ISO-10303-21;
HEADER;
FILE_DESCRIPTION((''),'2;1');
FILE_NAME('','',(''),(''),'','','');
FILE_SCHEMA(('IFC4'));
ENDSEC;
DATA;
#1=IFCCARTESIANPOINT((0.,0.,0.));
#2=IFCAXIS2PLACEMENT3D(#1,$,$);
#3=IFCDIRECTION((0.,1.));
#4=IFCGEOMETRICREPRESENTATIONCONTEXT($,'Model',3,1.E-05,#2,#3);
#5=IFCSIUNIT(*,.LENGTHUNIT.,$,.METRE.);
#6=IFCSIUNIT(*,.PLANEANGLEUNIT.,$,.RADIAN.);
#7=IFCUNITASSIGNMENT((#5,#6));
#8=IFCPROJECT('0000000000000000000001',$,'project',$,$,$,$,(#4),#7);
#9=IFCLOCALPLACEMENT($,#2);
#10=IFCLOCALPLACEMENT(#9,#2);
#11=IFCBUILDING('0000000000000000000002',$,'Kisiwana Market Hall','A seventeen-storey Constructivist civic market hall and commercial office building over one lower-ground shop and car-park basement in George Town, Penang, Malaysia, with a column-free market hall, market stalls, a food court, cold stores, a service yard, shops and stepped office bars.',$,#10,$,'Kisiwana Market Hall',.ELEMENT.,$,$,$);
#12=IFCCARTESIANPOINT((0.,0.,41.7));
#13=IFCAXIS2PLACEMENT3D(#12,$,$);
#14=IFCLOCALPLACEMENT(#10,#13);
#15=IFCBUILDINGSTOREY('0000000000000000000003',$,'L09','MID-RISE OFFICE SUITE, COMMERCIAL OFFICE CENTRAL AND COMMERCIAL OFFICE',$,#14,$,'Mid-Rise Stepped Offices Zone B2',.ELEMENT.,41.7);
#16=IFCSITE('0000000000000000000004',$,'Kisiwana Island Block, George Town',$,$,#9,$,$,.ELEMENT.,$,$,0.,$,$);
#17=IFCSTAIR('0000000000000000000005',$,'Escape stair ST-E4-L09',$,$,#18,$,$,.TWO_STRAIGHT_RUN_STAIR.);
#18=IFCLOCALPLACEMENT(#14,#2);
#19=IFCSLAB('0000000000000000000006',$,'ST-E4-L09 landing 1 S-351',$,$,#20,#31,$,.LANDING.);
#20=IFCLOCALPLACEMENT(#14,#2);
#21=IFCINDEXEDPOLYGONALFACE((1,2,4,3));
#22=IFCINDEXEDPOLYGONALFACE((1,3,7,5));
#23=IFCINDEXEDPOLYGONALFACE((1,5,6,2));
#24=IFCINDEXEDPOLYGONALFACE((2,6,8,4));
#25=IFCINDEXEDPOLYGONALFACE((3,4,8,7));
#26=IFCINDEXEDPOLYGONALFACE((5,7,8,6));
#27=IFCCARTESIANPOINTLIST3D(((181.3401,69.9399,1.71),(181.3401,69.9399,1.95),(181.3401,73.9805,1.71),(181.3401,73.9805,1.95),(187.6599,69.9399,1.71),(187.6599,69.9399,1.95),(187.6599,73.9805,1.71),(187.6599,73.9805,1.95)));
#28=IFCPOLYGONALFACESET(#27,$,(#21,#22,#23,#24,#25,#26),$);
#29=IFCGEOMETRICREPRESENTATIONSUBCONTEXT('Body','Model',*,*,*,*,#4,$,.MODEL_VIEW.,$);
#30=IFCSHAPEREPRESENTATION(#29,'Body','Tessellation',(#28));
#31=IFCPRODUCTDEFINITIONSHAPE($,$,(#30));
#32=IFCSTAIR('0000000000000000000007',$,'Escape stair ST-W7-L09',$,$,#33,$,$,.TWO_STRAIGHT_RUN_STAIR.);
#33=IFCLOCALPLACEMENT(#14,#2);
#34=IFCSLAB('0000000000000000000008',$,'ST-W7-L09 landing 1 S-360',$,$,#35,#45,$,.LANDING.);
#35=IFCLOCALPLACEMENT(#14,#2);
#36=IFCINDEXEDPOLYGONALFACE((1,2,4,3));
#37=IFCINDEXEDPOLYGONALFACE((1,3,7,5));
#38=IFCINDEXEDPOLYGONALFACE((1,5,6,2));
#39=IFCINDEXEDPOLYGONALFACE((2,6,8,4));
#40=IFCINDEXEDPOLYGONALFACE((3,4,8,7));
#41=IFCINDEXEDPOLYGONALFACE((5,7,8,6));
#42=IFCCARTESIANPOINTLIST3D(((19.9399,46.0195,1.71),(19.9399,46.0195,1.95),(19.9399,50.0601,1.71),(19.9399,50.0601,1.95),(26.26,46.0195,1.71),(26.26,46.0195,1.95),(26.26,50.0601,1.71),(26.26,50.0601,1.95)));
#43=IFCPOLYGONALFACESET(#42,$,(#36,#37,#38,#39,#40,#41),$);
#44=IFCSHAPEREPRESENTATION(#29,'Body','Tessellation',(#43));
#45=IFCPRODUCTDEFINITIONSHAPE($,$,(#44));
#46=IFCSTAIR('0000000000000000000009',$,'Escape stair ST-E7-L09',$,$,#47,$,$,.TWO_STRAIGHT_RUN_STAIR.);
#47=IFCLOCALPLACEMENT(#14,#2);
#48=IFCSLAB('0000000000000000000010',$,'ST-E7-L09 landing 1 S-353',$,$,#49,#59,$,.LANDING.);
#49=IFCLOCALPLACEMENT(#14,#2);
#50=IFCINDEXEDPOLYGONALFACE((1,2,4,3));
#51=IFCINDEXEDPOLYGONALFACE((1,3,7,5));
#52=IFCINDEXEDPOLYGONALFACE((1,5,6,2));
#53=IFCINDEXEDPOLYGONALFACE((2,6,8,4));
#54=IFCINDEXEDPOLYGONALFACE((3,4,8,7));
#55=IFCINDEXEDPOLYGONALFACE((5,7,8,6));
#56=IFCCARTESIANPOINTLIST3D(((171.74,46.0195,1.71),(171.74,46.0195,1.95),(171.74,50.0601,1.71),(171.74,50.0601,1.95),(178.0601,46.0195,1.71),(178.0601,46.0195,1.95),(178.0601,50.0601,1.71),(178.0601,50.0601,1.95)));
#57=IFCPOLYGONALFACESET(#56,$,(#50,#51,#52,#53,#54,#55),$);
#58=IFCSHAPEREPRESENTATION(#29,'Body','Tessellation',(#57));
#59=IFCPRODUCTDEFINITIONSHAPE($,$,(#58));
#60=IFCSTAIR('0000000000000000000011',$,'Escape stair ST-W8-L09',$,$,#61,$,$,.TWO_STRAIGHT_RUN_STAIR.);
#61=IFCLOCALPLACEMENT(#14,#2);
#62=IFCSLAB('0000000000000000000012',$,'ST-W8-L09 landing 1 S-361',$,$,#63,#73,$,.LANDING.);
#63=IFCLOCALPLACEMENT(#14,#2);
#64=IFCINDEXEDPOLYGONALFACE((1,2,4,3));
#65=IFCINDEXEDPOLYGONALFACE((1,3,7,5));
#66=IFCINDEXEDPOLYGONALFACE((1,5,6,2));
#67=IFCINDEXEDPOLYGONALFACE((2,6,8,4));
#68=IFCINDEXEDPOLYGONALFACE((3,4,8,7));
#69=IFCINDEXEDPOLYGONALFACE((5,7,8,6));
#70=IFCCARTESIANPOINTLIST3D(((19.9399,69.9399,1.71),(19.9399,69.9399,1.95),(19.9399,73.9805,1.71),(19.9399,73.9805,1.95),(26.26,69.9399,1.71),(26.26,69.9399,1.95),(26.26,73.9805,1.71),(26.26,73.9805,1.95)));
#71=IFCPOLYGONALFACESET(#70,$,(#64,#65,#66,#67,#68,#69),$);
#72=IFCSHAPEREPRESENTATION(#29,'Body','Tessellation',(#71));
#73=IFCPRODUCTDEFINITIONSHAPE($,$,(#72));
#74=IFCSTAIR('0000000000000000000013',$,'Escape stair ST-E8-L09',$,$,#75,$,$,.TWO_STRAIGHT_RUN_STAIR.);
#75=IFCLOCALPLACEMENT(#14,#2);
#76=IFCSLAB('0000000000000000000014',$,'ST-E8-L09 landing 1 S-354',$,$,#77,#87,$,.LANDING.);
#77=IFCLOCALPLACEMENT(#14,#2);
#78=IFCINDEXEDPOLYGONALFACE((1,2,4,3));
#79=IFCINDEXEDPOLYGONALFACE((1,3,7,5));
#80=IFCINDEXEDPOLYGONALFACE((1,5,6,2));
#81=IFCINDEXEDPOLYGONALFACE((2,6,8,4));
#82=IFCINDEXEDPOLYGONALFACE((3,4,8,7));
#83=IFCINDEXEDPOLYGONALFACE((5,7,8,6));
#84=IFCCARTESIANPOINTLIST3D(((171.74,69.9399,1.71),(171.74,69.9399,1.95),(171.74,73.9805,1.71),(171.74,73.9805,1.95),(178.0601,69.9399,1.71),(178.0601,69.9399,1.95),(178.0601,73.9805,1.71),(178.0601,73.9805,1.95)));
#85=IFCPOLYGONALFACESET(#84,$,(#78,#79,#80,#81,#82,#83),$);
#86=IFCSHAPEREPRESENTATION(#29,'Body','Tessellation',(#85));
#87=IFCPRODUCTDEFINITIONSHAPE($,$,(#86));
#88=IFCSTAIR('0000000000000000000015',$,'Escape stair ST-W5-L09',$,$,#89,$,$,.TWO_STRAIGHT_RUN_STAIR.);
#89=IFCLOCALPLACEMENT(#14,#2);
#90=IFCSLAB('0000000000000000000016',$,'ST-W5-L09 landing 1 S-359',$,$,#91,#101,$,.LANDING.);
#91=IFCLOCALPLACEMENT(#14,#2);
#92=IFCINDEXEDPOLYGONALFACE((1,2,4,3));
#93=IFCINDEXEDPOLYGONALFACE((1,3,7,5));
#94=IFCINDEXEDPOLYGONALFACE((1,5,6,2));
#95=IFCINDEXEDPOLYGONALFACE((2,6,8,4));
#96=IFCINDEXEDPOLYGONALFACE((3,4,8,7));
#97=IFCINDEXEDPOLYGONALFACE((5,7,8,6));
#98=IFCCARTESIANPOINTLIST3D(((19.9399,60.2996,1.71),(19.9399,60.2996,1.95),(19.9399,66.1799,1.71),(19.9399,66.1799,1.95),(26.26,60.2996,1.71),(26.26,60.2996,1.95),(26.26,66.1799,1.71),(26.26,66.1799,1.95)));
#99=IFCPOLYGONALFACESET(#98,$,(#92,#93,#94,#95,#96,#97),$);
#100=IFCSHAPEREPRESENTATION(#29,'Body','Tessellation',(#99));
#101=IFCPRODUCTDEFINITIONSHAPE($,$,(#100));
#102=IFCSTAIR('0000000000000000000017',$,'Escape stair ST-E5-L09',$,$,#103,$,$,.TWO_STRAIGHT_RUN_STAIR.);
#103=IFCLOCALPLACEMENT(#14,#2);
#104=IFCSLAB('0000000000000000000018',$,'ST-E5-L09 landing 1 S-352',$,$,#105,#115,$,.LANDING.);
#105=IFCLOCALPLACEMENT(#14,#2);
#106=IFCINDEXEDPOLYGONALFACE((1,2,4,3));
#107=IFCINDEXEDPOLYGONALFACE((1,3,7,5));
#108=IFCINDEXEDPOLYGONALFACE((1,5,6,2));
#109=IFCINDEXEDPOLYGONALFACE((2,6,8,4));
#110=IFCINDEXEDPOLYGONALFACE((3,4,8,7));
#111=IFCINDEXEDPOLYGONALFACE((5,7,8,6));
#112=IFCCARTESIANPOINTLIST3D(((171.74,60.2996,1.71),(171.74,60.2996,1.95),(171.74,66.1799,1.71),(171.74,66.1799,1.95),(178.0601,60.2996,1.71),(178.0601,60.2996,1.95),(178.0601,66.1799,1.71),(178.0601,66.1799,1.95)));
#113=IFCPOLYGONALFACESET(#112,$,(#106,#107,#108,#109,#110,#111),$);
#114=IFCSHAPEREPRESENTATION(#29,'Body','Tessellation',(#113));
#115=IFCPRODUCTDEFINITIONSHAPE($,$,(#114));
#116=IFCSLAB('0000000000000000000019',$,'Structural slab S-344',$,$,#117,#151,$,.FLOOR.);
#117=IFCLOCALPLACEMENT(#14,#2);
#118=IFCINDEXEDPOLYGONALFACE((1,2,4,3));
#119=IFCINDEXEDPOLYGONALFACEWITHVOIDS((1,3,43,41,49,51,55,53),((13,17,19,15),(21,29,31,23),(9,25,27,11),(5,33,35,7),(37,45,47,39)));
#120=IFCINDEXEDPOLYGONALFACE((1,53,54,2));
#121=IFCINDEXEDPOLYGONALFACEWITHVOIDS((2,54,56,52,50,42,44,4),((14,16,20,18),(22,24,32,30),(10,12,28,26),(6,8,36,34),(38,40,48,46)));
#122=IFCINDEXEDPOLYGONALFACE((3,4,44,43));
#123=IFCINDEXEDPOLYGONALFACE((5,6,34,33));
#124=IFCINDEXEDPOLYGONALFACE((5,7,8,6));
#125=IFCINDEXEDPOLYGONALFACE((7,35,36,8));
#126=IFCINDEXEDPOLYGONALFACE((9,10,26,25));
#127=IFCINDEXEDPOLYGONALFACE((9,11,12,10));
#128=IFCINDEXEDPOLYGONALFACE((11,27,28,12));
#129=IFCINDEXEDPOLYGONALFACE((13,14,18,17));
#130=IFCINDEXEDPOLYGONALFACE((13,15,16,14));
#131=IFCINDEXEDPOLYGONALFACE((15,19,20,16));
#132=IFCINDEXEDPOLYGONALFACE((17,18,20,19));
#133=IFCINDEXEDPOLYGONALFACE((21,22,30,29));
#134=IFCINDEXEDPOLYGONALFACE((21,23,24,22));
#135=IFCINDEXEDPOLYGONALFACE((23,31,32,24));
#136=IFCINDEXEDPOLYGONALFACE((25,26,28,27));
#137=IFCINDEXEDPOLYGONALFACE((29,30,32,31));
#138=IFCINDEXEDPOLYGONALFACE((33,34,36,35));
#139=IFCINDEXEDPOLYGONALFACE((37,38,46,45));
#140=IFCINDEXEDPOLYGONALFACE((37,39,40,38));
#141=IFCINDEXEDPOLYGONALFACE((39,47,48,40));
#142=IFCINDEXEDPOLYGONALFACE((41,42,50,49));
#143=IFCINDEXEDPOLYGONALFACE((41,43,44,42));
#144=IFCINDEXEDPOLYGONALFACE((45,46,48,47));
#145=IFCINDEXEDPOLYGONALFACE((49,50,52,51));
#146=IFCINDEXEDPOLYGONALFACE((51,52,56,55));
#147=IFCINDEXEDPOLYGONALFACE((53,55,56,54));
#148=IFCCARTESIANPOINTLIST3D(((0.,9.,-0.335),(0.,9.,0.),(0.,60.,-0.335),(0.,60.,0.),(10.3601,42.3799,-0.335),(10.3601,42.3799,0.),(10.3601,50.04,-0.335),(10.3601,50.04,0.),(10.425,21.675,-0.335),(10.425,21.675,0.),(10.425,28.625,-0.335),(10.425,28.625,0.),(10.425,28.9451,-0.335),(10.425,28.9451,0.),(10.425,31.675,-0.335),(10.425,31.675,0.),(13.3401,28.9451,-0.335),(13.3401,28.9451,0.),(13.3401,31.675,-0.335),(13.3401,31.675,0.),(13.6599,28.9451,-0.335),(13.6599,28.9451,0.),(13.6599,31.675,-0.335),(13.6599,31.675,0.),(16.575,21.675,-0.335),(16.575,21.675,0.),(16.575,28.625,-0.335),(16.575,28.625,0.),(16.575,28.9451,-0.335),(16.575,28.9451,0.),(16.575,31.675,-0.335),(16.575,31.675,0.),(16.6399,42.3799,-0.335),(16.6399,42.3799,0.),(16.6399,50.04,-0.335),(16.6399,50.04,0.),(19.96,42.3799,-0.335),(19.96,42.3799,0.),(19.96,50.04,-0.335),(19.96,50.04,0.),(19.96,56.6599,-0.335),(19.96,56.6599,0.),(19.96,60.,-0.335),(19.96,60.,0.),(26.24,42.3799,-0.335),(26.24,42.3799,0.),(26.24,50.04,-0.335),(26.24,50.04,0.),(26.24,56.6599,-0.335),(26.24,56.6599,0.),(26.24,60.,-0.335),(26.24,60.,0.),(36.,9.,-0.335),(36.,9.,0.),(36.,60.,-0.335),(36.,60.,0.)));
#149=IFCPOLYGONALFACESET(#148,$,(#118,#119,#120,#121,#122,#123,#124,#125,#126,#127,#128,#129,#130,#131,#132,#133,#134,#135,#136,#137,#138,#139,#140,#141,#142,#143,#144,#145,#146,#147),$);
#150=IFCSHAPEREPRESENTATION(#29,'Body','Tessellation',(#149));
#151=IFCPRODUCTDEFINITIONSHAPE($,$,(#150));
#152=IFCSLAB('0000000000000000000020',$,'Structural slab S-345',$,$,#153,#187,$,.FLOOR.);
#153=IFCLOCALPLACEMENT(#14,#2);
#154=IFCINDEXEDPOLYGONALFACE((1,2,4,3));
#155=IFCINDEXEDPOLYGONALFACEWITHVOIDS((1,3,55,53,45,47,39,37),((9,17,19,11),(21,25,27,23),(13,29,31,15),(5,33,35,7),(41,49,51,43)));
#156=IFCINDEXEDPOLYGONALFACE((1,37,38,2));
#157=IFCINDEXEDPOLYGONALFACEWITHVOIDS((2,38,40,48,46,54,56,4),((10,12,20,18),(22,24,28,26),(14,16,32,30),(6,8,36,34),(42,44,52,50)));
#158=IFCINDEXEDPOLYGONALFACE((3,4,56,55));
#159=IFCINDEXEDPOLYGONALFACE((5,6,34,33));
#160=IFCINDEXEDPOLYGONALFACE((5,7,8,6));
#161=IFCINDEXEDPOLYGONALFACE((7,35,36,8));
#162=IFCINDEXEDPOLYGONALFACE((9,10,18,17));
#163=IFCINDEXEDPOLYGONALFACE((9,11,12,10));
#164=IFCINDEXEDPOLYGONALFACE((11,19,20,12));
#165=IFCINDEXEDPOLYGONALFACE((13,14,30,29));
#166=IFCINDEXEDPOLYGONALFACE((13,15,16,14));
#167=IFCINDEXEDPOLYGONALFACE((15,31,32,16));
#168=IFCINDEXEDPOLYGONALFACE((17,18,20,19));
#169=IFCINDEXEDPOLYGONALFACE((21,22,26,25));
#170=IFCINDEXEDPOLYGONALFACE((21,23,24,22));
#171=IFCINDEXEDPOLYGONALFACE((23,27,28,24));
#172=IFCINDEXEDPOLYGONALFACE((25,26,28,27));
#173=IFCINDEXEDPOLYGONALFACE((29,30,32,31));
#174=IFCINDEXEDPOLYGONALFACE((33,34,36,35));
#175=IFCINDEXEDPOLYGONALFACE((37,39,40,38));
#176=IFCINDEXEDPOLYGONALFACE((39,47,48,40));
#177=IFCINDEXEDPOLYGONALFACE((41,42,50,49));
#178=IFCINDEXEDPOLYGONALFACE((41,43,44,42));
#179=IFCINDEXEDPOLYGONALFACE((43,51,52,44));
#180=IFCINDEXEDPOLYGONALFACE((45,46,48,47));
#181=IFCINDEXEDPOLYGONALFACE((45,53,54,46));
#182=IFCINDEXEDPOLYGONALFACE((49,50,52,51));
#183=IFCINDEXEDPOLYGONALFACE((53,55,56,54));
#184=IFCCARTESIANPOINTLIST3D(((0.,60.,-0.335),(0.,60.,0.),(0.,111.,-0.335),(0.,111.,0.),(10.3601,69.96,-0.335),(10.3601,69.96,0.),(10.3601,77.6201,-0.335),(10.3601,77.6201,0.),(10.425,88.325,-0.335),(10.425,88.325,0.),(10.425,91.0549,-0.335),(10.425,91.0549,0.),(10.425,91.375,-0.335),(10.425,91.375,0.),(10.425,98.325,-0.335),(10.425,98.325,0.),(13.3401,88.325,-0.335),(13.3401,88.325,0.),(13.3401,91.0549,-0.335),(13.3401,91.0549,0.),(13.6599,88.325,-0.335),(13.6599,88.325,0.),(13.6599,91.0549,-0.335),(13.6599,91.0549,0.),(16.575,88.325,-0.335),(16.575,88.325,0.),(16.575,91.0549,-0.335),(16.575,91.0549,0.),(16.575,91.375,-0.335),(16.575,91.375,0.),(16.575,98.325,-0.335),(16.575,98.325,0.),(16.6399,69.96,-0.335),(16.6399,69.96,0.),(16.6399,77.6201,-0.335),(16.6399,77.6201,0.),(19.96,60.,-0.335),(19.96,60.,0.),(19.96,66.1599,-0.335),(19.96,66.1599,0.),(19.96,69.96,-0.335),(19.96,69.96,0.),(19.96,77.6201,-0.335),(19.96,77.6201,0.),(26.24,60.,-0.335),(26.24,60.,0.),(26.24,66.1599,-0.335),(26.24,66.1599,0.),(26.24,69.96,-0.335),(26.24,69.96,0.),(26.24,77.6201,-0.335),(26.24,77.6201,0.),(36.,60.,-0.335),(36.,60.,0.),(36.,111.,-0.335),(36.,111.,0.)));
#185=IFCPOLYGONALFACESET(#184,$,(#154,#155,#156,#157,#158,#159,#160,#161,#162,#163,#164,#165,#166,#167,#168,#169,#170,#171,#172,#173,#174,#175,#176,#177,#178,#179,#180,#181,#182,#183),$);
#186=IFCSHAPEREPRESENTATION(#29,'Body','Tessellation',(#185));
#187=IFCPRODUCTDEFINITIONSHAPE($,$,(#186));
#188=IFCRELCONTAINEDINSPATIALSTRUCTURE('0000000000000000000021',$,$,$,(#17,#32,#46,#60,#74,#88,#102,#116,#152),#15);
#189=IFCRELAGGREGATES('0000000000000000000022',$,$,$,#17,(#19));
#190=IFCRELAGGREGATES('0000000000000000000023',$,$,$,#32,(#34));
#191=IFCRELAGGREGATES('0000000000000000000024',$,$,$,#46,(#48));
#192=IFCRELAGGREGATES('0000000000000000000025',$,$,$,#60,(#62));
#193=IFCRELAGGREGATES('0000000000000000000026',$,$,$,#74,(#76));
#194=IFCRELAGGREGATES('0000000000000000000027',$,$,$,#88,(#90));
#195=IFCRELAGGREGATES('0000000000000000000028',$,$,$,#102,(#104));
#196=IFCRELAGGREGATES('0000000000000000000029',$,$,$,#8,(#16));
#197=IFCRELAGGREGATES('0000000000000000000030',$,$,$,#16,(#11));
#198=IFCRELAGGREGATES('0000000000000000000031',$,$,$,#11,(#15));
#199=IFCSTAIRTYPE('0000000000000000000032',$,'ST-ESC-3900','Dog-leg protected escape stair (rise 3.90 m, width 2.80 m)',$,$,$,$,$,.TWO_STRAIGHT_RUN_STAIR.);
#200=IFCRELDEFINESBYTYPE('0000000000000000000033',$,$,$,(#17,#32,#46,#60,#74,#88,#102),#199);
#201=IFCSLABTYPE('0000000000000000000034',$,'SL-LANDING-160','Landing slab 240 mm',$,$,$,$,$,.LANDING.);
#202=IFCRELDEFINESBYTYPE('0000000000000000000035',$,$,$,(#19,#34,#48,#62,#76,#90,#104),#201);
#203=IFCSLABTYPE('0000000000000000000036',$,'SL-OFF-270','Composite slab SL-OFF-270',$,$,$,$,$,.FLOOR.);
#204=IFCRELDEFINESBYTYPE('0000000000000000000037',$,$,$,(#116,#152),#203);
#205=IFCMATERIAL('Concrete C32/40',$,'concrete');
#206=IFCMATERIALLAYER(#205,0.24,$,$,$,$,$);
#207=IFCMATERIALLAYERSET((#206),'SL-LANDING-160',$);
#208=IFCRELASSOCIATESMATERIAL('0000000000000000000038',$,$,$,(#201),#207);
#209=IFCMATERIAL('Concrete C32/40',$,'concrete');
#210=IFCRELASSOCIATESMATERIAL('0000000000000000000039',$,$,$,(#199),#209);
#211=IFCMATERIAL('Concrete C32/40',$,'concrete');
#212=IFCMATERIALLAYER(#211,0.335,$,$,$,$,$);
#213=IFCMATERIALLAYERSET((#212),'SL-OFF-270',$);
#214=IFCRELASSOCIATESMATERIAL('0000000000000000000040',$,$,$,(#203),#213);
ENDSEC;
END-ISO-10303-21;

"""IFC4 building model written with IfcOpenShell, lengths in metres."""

from ifc_helpers import new_model, si_unit, direction, frame, origin, place, context, subcontext, project, spatial, polyline, outline, extrude, material, layer, layer_set, type_object, element, aggregate, save


model = new_model("IFC4")

# Units and contexts
model_context = context("Model", 3, precision=1e-05, world=origin(), true_north=direction((0.0, 1.0)))
body_context = subcontext(model_context, "Body", "Model", "MODEL_VIEW")
ifc_project = project(units=[si_unit("LENGTHUNIT", "METRE"), si_unit("PLANEANGLEUNIT", "RADIAN")], contexts=[model_context])

# Site, building, storey
site_placement = place(None, origin())
site = spatial("IfcSite", under=ifc_project, at=site_placement, Name="Kisiwana Island Block, George Town", CompositionType="ELEMENT", RefElevation=0.0)
building_placement = place(site_placement, origin())
building = spatial("IfcBuilding", under=site, at=building_placement, Name="Kisiwana Market Hall", Description="A seventeen-storey Constructivist civic market hall and commercial office building over one lower-ground shop and car-park basement in George Town, Penang, Malaysia, with a column-free market hall, market stalls, a food court, cold stores, a service yard, shops and stepped office bars.", LongName="Kisiwana Market Hall", CompositionType="ELEMENT")
storey_placement = place(building_placement, frame((0.0, 0.0, 41.7)))
storey = spatial("IfcBuildingStorey", under=building, at=storey_placement, Name="L09", Description="MID-RISE OFFICE SUITE, COMMERCIAL OFFICE CENTRAL AND COMMERCIAL OFFICE", LongName="Mid-Rise Stepped Offices Zone B2", CompositionType="ELEMENT", Elevation=41.7)

# Stairs, slabs
ifc_material_1 = material(Name="Concrete C32/40", Category="concrete")
ifc_layer_1 = layer(ifc_material_1, 0.24)
ifc_layer_set_1 = layer_set([ifc_layer_1], Name="SL-LANDING-160")
slab_type_1 = type_object("IfcSlabType", Name="SL-LANDING-160", Description="Landing slab 240 mm", PredefinedType="LANDING", material=ifc_layer_set_1)
ifc_material_2 = material(Name="Concrete C32/40", Category="concrete")
stair_type_1 = type_object("IfcStairType", Name="ST-ESC-3900", Description="Dog-leg protected escape stair (rise 3.90 m, width 2.80 m)", PredefinedType="TWO_STRAIGHT_RUN_STAIR", material=ifc_material_2)
stair_1_placement = place(storey_placement, origin())
stair_1 = element("IfcStair", 1, at=stair_1_placement, inside=storey, type_object=stair_type_1, Name="Escape stair ST-E4-L09", PredefinedType="TWO_STRAIGHT_RUN_STAIR")
slab_1_placement = place(storey_placement, frame((0.0, 0.0, 1.71)))
slab_1 = element("IfcSlab", 2, at=slab_1_placement, type_object=slab_type_1, Name="ST-E4-L09 landing 1 S-351", PredefinedType="LANDING", context=body_context, shape_type="SweptSolid", body=[
    extrude(outline(polyline([(181.3401, 69.9399), (187.6599, 69.9399), (187.6599, 73.9805), (181.3401, 73.9805), (181.3401, 69.9399)])), origin(), (0.0, 0.0, 1.0), 0.24),
])
aggregate(stair_1, [slab_1])
stair_2_placement = place(storey_placement, origin())
stair_2 = element("IfcStair", 3, at=stair_2_placement, inside=storey, type_object=stair_type_1, Name="Escape stair ST-W7-L09", PredefinedType="TWO_STRAIGHT_RUN_STAIR")
slab_2_placement = place(storey_placement, frame((0.0, 0.0, 1.71)))
slab_2 = element("IfcSlab", 4, at=slab_2_placement, type_object=slab_type_1, Name="ST-W7-L09 landing 1 S-360", PredefinedType="LANDING", context=body_context, shape_type="SweptSolid", body=[
    extrude(outline(polyline([(19.9399, 46.0195), (26.26, 46.0195), (26.26, 50.0601), (19.9399, 50.0601), (19.9399, 46.0195)])), origin(), (0.0, 0.0, 1.0), 0.24),
])
aggregate(stair_2, [slab_2])
stair_3_placement = place(storey_placement, origin())
stair_3 = element("IfcStair", 5, at=stair_3_placement, inside=storey, type_object=stair_type_1, Name="Escape stair ST-E7-L09", PredefinedType="TWO_STRAIGHT_RUN_STAIR")
slab_3_placement = place(storey_placement, frame((0.0, 0.0, 1.71)))
slab_3 = element("IfcSlab", 6, at=slab_3_placement, type_object=slab_type_1, Name="ST-E7-L09 landing 1 S-353", PredefinedType="LANDING", context=body_context, shape_type="SweptSolid", body=[
    extrude(outline(polyline([(171.74, 46.0195), (178.0601, 46.0195), (178.0601, 50.0601), (171.74, 50.0601), (171.74, 46.0195)])), origin(), (0.0, 0.0, 1.0), 0.24),
])
aggregate(stair_3, [slab_3])
stair_4_placement = place(storey_placement, origin())
stair_4 = element("IfcStair", 7, at=stair_4_placement, inside=storey, type_object=stair_type_1, Name="Escape stair ST-W8-L09", PredefinedType="TWO_STRAIGHT_RUN_STAIR")
slab_4_placement = place(storey_placement, frame((0.0, 0.0, 1.71)))
slab_4 = element("IfcSlab", 8, at=slab_4_placement, type_object=slab_type_1, Name="ST-W8-L09 landing 1 S-361", PredefinedType="LANDING", context=body_context, shape_type="SweptSolid", body=[
    extrude(outline(polyline([(19.9399, 69.9399), (26.26, 69.9399), (26.26, 73.9805), (19.9399, 73.9805), (19.9399, 69.9399)])), origin(), (0.0, 0.0, 1.0), 0.24),
])
aggregate(stair_4, [slab_4])
stair_5_placement = place(storey_placement, origin())
stair_5 = element("IfcStair", 9, at=stair_5_placement, inside=storey, type_object=stair_type_1, Name="Escape stair ST-E8-L09", PredefinedType="TWO_STRAIGHT_RUN_STAIR")
slab_5_placement = place(storey_placement, frame((0.0, 0.0, 1.71)))
slab_5 = element("IfcSlab", 10, at=slab_5_placement, type_object=slab_type_1, Name="ST-E8-L09 landing 1 S-354", PredefinedType="LANDING", context=body_context, shape_type="SweptSolid", body=[
    extrude(outline(polyline([(171.74, 69.9399), (178.0601, 69.9399), (178.0601, 73.9805), (171.74, 73.9805), (171.74, 69.9399)])), origin(), (0.0, 0.0, 1.0), 0.24),
])
aggregate(stair_5, [slab_5])
stair_6_placement = place(storey_placement, origin())
stair_6 = element("IfcStair", 11, at=stair_6_placement, inside=storey, type_object=stair_type_1, Name="Escape stair ST-W5-L09", PredefinedType="TWO_STRAIGHT_RUN_STAIR")
slab_6_placement = place(storey_placement, frame((0.0, 0.0, 1.71)))
slab_6 = element("IfcSlab", 12, at=slab_6_placement, type_object=slab_type_1, Name="ST-W5-L09 landing 1 S-359", PredefinedType="LANDING", context=body_context, shape_type="SweptSolid", body=[
    extrude(outline(polyline([(19.9399, 60.2996), (26.26, 60.2996), (26.26, 66.1799), (19.9399, 66.1799), (19.9399, 60.2996)])), origin(), (0.0, 0.0, 1.0), 0.24),
])
aggregate(stair_6, [slab_6])
stair_7_placement = place(storey_placement, origin())
stair_7 = element("IfcStair", 13, at=stair_7_placement, inside=storey, type_object=stair_type_1, Name="Escape stair ST-E5-L09", PredefinedType="TWO_STRAIGHT_RUN_STAIR")
slab_7_placement = place(storey_placement, frame((0.0, 0.0, 1.71)))
slab_7 = element("IfcSlab", 14, at=slab_7_placement, type_object=slab_type_1, Name="ST-E5-L09 landing 1 S-352", PredefinedType="LANDING", context=body_context, shape_type="SweptSolid", body=[
    extrude(outline(polyline([(171.74, 60.2996), (178.0601, 60.2996), (178.0601, 66.1799), (171.74, 66.1799), (171.74, 60.2996)])), origin(), (0.0, 0.0, 1.0), 0.24),
])
aggregate(stair_7, [slab_7])

# Slabs
ifc_material_3 = material(Name="Concrete C32/40", Category="concrete")
ifc_layer_2 = layer(ifc_material_3, 0.335)
ifc_layer_set_2 = layer_set([ifc_layer_2], Name="SL-OFF-270")
slab_type_2 = type_object("IfcSlabType", Name="SL-OFF-270", Description="Composite slab SL-OFF-270", PredefinedType="FLOOR", material=ifc_layer_set_2)
slab_8_placement = place(storey_placement, frame((0.0, 0.0, -0.335)))
element("IfcSlab", 15, at=slab_8_placement, inside=storey, type_object=slab_type_2, Name="Structural slab S-344", PredefinedType="FLOOR", context=body_context, shape_type="SweptSolid", body=[
    extrude(outline(polyline([(0.0, 9.0), (36.0, 9.0), (36.0, 60.0), (26.24, 60.0), (26.24, 56.6599), (19.96, 56.6599), (19.96, 60.0), (0.0, 60.0), (0.0, 9.0)]), holes=[polyline([(10.425, 21.675), (16.575, 21.675), (16.575, 28.625), (10.425, 28.625), (10.425, 21.675)]), polyline([(10.425, 28.9451), (13.3401, 28.9451), (13.3401, 31.675), (10.425, 31.675), (10.425, 28.9451)]), polyline([(13.6599, 28.9451), (16.575, 28.9451), (16.575, 31.675), (13.6599, 31.675), (13.6599, 28.9451)]), polyline([(10.3601, 42.3799), (16.6399, 42.3799), (16.6399, 50.04), (10.3601, 50.04), (10.3601, 42.3799)]), polyline([(19.96, 42.3799), (26.24, 42.3799), (26.24, 50.04), (19.96, 50.04), (19.96, 42.3799)])]), origin(), (0.0, 0.0, 1.0), 0.335),
])
slab_9_placement = place(storey_placement, frame((0.0, 0.0, -0.335)))
element("IfcSlab", 16, at=slab_9_placement, inside=storey, type_object=slab_type_2, Name="Structural slab S-345", PredefinedType="FLOOR", context=body_context, shape_type="SweptSolid", body=[
    extrude(outline(polyline([(0.0, 60.0), (19.96, 60.0), (19.96, 66.1599), (26.24, 66.1599), (26.24, 60.0), (36.0, 60.0), (36.0, 111.0), (0.0, 111.0), (0.0, 60.0)]), holes=[polyline([(10.425, 91.375), (16.575, 91.375), (16.575, 98.325), (10.425, 98.325), (10.425, 91.375)]), polyline([(10.425, 88.325), (13.3401, 88.325), (13.3401, 91.0549), (10.425, 91.0549), (10.425, 88.325)]), polyline([(13.6599, 88.325), (16.575, 88.325), (16.575, 91.0549), (13.6599, 91.0549), (13.6599, 88.325)]), polyline([(10.3601, 69.96), (16.6399, 69.96), (16.6399, 77.6201), (10.3601, 77.6201), (10.3601, 69.96)]), polyline([(19.96, 69.96), (26.24, 69.96), (26.24, 77.6201), (19.96, 77.6201), (19.96, 69.96)])]), origin(), (0.0, 0.0, 1.0), 0.335),
])

save(model, "model.ifc")
